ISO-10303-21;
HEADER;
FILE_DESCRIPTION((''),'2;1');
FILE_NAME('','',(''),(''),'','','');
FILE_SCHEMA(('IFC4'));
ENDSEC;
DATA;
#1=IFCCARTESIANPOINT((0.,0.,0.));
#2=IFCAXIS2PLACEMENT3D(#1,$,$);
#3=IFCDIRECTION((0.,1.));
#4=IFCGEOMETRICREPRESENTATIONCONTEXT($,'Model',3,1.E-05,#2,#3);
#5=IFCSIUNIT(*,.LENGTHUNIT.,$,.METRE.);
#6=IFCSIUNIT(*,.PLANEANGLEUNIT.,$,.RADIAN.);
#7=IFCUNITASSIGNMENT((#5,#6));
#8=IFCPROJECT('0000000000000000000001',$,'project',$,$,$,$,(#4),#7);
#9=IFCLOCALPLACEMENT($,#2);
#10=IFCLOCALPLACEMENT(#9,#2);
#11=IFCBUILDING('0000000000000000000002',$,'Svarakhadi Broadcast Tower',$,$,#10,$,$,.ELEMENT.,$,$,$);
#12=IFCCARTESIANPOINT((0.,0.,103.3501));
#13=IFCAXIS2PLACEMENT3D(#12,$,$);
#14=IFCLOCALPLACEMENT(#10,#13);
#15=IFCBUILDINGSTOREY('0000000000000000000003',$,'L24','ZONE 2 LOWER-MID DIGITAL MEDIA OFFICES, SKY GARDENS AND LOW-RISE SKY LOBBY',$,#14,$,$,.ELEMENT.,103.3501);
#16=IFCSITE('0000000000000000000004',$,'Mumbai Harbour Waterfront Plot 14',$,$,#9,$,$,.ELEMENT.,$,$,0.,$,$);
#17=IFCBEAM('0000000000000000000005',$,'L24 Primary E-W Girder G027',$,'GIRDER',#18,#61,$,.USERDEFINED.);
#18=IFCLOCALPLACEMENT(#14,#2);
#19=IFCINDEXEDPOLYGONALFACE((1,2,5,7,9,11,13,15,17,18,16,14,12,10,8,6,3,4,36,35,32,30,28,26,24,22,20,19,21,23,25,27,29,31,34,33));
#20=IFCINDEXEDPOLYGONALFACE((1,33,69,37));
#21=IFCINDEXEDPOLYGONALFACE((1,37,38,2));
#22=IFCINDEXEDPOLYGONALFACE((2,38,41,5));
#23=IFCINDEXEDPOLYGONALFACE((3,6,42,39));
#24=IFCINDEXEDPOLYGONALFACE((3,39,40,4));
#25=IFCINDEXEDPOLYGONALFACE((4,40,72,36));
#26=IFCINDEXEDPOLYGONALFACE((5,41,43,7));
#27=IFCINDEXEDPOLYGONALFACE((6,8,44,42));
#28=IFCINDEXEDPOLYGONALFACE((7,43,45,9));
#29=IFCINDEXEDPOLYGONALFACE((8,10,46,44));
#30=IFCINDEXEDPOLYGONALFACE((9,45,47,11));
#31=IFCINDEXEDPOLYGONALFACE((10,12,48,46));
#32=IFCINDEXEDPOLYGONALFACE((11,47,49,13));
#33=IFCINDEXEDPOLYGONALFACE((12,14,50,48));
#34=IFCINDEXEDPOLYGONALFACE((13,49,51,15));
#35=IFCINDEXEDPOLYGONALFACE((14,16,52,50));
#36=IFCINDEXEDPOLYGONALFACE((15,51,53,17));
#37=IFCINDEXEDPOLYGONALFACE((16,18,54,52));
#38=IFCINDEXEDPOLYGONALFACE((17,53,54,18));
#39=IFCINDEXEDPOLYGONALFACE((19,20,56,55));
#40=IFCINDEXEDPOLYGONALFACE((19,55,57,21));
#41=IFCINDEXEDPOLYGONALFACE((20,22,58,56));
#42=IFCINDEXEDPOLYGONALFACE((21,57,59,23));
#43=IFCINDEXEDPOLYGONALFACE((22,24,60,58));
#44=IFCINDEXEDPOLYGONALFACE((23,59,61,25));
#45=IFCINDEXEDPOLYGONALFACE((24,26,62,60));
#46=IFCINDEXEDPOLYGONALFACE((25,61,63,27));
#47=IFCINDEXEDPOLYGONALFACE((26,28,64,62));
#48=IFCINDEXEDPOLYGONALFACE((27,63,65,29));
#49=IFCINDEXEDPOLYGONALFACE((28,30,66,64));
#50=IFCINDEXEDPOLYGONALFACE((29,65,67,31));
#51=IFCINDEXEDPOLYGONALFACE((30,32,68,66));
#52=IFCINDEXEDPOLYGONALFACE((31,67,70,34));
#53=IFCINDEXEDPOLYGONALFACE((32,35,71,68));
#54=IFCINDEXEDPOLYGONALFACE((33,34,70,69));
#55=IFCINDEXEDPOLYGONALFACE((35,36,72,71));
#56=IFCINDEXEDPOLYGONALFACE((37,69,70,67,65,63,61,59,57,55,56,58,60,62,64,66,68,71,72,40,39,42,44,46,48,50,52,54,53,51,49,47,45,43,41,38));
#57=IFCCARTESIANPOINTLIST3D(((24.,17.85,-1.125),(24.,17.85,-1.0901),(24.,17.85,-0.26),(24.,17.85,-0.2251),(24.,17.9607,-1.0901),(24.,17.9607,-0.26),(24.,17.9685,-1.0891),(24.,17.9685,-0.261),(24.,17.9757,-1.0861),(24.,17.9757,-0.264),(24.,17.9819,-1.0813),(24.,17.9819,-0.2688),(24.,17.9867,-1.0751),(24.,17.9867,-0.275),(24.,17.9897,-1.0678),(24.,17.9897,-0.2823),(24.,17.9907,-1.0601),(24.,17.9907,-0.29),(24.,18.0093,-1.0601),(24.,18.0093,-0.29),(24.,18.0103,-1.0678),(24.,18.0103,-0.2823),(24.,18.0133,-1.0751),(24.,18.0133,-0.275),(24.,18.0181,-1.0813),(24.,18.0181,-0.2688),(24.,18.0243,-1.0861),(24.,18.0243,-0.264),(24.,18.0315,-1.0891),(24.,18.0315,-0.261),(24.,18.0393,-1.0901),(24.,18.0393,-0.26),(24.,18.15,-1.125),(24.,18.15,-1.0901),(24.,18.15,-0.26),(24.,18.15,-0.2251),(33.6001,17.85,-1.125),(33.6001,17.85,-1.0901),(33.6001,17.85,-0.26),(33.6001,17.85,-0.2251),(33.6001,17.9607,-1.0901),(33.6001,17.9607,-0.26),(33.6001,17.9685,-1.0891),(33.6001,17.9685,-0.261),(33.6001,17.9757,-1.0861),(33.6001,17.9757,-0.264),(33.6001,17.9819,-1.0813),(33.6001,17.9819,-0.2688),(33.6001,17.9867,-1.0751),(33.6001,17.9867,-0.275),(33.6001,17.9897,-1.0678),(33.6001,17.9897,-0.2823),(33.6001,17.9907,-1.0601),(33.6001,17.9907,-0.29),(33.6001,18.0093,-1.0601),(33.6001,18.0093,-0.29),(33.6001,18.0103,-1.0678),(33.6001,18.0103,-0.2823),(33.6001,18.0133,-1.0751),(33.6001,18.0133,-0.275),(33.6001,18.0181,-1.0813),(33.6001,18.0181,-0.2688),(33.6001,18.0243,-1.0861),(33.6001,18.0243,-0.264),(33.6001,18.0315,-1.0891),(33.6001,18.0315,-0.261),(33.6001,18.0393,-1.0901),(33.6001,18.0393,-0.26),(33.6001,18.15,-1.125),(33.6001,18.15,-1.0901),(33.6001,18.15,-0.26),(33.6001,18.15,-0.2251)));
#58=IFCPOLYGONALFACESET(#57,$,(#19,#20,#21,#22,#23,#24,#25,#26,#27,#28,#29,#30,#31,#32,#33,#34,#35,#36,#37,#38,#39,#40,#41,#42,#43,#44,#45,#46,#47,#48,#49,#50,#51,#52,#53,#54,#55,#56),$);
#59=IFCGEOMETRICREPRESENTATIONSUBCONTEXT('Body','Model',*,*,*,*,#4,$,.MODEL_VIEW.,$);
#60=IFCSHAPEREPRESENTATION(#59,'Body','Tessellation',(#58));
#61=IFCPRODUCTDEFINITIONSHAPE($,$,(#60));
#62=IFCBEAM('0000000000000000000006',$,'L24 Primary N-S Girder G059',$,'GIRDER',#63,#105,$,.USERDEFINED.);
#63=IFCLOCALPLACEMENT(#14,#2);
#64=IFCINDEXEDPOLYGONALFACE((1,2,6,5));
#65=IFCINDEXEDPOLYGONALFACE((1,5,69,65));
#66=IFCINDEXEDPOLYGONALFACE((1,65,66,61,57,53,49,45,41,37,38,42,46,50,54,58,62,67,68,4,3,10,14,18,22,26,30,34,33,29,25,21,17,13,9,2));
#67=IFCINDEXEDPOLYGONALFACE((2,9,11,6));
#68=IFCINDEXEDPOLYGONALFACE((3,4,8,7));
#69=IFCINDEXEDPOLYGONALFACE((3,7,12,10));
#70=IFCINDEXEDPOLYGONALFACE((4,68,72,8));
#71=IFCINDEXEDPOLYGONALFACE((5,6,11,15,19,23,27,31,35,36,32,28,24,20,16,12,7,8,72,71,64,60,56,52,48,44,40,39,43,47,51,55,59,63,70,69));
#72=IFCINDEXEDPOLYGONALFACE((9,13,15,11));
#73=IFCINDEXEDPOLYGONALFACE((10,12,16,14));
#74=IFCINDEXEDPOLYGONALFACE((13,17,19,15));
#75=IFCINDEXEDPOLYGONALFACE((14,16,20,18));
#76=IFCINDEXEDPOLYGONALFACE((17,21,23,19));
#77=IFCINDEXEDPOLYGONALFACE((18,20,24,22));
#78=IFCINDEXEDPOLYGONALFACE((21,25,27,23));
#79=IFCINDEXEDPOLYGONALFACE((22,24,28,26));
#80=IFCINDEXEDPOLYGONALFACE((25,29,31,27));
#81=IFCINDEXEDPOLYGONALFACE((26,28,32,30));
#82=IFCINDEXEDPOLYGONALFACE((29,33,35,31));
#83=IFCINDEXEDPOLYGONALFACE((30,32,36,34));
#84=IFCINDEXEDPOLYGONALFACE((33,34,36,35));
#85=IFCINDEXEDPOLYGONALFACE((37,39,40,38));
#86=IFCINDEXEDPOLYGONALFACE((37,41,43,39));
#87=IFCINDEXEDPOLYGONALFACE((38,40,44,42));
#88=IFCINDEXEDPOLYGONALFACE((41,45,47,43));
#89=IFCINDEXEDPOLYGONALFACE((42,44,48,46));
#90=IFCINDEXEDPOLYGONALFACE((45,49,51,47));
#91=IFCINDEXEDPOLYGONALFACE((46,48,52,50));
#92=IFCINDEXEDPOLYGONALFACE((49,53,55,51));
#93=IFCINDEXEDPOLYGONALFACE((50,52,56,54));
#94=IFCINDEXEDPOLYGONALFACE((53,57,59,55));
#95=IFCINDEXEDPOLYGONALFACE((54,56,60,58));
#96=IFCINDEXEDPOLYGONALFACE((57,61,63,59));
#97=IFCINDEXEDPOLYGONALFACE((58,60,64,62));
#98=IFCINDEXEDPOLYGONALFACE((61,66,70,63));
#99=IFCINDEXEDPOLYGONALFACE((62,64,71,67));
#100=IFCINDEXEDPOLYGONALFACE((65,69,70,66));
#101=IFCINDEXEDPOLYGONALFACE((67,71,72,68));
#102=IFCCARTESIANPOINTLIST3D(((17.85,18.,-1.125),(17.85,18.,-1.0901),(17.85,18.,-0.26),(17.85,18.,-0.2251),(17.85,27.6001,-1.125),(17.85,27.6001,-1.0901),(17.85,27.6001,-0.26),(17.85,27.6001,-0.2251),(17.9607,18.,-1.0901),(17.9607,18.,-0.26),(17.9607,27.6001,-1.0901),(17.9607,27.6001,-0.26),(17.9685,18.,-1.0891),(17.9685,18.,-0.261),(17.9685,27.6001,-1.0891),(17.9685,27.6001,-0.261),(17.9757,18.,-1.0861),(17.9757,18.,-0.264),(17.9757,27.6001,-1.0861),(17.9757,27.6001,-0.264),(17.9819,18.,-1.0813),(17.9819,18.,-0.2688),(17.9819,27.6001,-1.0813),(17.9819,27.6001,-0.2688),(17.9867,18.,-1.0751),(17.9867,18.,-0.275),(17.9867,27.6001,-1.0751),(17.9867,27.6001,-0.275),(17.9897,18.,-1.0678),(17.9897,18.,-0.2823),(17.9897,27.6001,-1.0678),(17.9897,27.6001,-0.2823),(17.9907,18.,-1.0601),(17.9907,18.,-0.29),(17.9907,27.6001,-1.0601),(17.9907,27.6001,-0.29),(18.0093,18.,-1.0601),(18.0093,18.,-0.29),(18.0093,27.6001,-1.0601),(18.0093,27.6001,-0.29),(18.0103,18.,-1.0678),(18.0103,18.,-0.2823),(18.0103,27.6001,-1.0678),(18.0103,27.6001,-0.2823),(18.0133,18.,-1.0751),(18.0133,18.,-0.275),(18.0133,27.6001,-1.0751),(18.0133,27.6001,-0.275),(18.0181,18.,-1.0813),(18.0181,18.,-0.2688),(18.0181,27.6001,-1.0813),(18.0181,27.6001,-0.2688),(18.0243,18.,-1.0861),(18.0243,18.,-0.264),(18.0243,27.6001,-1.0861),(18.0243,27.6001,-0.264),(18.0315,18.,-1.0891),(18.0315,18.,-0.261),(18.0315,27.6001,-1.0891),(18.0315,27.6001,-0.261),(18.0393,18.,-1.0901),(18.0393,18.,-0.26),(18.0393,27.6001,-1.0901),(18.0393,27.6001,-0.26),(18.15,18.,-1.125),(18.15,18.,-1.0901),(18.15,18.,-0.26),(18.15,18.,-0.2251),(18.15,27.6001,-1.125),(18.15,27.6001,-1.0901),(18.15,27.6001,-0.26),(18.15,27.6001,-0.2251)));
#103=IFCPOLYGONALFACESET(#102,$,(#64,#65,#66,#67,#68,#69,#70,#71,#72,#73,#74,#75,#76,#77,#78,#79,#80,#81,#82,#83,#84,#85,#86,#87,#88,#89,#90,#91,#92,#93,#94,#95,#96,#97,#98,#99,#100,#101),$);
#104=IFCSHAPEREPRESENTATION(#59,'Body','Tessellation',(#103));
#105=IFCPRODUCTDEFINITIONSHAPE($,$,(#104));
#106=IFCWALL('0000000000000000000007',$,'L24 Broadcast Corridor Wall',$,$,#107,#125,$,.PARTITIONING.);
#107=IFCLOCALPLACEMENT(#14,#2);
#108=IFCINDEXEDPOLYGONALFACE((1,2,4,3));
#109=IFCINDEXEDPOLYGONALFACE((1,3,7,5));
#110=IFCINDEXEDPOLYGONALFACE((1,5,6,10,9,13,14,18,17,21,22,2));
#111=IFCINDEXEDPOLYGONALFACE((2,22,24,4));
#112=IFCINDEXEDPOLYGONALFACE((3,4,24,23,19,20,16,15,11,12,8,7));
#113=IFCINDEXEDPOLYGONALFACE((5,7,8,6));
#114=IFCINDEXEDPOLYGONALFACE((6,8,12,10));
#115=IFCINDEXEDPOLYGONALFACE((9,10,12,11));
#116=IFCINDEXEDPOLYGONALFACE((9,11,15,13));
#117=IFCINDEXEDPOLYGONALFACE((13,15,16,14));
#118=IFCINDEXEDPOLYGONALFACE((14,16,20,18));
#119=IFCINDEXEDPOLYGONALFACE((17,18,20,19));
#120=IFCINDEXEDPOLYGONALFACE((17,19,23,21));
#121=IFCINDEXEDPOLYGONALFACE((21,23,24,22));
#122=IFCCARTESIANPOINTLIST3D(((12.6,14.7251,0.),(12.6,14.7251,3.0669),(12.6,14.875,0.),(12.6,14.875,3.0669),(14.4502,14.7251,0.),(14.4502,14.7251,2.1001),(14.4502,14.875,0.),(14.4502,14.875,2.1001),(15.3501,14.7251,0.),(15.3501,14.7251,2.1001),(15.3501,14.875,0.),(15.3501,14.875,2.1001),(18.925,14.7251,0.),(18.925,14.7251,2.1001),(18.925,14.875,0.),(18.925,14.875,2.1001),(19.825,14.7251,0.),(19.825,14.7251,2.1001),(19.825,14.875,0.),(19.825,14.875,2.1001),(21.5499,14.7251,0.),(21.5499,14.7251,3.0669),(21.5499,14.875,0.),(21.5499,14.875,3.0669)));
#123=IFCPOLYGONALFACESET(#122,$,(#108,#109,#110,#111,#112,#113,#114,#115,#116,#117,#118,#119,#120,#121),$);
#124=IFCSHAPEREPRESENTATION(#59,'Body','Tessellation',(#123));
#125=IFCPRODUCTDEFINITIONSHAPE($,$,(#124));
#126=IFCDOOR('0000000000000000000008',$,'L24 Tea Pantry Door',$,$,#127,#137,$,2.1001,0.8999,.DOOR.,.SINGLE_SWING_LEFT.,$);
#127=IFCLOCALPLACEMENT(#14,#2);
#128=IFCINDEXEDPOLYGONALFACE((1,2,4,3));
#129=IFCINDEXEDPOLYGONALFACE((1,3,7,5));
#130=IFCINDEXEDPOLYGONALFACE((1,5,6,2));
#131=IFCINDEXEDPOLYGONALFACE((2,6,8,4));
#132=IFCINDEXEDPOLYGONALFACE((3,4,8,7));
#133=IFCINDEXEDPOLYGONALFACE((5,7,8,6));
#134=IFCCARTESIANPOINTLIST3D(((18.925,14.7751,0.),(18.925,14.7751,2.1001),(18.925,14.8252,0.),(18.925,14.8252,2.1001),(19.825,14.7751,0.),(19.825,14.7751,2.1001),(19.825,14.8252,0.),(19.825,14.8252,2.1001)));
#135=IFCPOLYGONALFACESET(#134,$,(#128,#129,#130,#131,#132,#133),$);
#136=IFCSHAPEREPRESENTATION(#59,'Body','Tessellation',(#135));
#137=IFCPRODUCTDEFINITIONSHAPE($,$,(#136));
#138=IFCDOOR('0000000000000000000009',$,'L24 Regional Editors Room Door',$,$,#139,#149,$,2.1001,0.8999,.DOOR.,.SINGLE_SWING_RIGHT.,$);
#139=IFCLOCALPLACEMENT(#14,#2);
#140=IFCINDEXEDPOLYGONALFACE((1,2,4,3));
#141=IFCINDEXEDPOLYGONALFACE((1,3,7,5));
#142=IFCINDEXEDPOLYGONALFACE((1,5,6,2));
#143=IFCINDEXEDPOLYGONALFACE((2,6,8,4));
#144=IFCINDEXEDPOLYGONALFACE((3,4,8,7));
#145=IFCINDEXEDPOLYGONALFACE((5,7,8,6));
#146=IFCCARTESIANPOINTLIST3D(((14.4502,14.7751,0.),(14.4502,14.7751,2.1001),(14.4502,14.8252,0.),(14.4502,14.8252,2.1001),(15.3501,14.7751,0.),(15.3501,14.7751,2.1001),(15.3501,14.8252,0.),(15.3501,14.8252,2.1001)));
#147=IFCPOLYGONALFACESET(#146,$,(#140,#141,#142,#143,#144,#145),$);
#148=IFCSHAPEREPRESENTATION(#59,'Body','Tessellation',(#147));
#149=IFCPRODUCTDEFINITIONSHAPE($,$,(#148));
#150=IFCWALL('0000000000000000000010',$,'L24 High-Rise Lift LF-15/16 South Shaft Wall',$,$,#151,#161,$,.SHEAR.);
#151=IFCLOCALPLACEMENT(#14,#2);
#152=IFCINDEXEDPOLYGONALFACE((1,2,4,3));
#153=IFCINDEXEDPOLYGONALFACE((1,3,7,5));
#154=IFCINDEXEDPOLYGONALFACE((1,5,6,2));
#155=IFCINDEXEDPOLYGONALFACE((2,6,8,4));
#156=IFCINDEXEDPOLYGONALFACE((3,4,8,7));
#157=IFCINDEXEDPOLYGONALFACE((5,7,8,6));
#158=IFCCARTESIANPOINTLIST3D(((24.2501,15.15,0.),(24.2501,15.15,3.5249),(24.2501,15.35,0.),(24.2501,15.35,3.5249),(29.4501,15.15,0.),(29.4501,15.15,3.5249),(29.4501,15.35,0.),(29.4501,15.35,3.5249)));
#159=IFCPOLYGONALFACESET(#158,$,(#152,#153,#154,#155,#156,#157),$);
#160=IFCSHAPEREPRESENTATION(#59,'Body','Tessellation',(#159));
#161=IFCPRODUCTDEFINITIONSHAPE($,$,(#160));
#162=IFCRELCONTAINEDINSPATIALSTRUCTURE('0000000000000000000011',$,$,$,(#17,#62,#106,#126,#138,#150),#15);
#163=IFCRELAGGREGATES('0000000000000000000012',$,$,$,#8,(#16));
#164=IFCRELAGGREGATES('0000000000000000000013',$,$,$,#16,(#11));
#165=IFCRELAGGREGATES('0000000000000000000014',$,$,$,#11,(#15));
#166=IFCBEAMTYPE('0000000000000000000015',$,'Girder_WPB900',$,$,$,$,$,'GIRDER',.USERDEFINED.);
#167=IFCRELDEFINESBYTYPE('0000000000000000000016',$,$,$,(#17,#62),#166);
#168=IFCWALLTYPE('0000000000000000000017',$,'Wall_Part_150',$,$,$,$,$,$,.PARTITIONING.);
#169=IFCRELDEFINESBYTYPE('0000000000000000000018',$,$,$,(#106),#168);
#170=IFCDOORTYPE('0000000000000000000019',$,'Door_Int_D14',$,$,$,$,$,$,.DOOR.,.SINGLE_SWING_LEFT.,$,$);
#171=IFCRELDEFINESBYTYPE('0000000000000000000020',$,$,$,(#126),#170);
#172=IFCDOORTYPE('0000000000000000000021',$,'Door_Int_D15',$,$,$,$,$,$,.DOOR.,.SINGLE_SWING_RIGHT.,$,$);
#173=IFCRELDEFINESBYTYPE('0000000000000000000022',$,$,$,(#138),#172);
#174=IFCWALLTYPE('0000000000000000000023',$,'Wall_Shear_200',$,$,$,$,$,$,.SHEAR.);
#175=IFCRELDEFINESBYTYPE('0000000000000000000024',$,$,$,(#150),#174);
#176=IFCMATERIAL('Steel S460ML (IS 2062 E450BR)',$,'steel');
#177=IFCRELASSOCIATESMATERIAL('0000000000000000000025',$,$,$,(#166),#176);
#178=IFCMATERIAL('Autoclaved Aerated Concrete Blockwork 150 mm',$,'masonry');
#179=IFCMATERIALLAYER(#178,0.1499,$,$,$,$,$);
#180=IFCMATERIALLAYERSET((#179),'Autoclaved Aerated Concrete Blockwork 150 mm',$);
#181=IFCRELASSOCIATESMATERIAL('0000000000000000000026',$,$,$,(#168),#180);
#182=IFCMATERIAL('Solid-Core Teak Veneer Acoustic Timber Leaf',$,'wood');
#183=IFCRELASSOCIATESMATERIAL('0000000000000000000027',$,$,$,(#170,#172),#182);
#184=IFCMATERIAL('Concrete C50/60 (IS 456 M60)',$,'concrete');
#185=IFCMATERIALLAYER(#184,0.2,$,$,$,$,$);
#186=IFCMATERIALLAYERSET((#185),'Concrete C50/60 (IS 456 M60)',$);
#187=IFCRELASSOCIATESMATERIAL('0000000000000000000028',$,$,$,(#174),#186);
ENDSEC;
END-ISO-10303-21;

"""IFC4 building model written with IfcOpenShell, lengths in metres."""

from ifc_helpers import new_model, si_unit, direction, frame, frame_2d, origin, origin_2d, place, context, subcontext, project, spatial, rectangle, i_section, extrude, material, layer, layer_set, material_profile, profile_set, type_object, element, fill, save


model = new_model("IFC4")

# Units and contexts
model_context = context("Model", 3, precision=1e-05, world=origin(), true_north=direction((0.0, 1.0)))
body_context = subcontext(model_context, "Body", "Model", "MODEL_VIEW")
ifc_project = project(units=[si_unit("LENGTHUNIT", "METRE"), si_unit("PLANEANGLEUNIT", "RADIAN")], contexts=[model_context])

# Site, building, storey
site_placement = place(None, origin())
site = spatial("IfcSite", under=ifc_project, at=site_placement, Name="Mumbai Harbour Waterfront Plot 14", CompositionType="ELEMENT", RefElevation=0.0)
building_placement = place(site_placement, origin())
building = spatial("IfcBuilding", under=site, at=building_placement, Name="Svarakhadi Broadcast Tower", CompositionType="ELEMENT")
storey_placement = place(building_placement, frame((0.0, 0.0, 103.3501)))
storey = spatial("IfcBuildingStorey", under=building, at=storey_placement, Name="L24", Description="ZONE 2 LOWER-MID DIGITAL MEDIA OFFICES, SKY GARDENS AND LOW-RISE SKY LOBBY", CompositionType="ELEMENT", Elevation=103.3501)

# Shared definitions
ifc_material_1 = material(Name="Concrete C50/60 (IS 456 M60)", Category="concrete")

# Beams
ifc_material_2 = material(Name="Steel S460ML (IS 2062 E450BR)", Category="steel")
ifc_material_profile_1 = material_profile(ifc_material_2, i_section(OverallWidth=0.3, OverallDepth=0.8999, WebThickness=0.0186, FlangeThickness=0.0349, FilletRadius=0.03, at=origin_2d()), Name="WPB 900x300x291")
ifc_profile_set_1 = profile_set([ifc_material_profile_1], Name="Steel S460ML (IS 2062 E450BR)")
beam_type_1 = type_object("IfcBeamType", Name="Girder_WPB900", ElementType="GIRDER", PredefinedType="USERDEFINED", material=ifc_profile_set_1)
for number, where, z_axis, x_axis, name in (
    (1, (24.0, 18.0, -0.675), (1.0, 0.0, 0.0), (0.0, 1.0, 0.0), "L24 Primary E-W Girder G027"),
    (2, (18.0, 18.0, -0.675), (0.0, 1.0, 0.0), (-1.0, 0.0, 0.0), "L24 Primary N-S Girder G059"),
):
    element("IfcBeam", number, at=place(storey_placement, frame(where, z_axis=z_axis, x_axis=x_axis)), inside=storey, type_object=beam_type_1, Name=name, ObjectType="GIRDER", PredefinedType="USERDEFINED", context=body_context, shape_type="SweptSolid", body=[
        extrude(i_section(OverallWidth=0.3, OverallDepth=0.8999, WebThickness=0.0186, FlangeThickness=0.0349, FilletRadius=0.03, at=origin_2d()), origin(), (0.0, 0.0, 1.0), 9.6001),
    ])

# Wall, openings, doors
ifc_material_3 = material(Name="Autoclaved Aerated Concrete Blockwork 150 mm", Category="masonry")
ifc_layer_1 = layer(ifc_material_3, 0.1499)
ifc_layer_set_1 = layer_set([ifc_layer_1], Name="Autoclaved Aerated Concrete Blockwork 150 mm")
wall_type_1 = type_object("IfcWallType", Name="Wall_Part_150", PredefinedType="PARTITIONING", material=ifc_layer_set_1)
wall_1_placement = place(storey_placement, frame((21.55, 14.8, 0.0), z_axis=(0.0, 0.0, 1.0), x_axis=(-1.0, 0.0, 0.0)))
wall_1 = element("IfcWall", 3, at=wall_1_placement, inside=storey, type_object=wall_type_1, Name="L24 Broadcast Corridor Wall", PredefinedType="PARTITIONING", context=body_context, shape_type="SweptSolid", body=[
    extrude(rectangle(XDim=8.95, YDim=0.1499, at=frame_2d((4.4751, 0.0))), origin(), (0.0, 0.0, 1.0), 3.0669),
])
opening_1_placement = place(wall_1_placement, frame((6.2, 0.0, 0.0)))
opening_1 = element("IfcOpeningElement", 4, at=opening_1_placement, cuts=wall_1, PredefinedType="OPENING", context=body_context, shape_type="SweptSolid", body=[
    extrude(rectangle(XDim=0.8999, YDim=2.1001, at=frame_2d((0.45, 1.05))), frame((0.0, 0.085, 0.0), z_axis=(0.0, -1.0, 0.0), x_axis=(1.0, 0.0, 0.0)), (0.0, 0.0, 1.0), 0.1699),
])
opening_2_placement = place(wall_1_placement, frame((1.7251, 0.0, 0.0)))
opening_2 = element("IfcOpeningElement", 5, at=opening_2_placement, cuts=wall_1, PredefinedType="OPENING", context=body_context, shape_type="SweptSolid", body=[
    extrude(rectangle(XDim=0.8999, YDim=2.1001, at=frame_2d((0.45, 1.05))), frame((0.0, 0.085, 0.0), z_axis=(0.0, -1.0, 0.0), x_axis=(1.0, 0.0, 0.0)), (0.0, 0.0, 1.0), 0.1699),
])
ifc_material_4 = material(Name="Solid-Core Teak Veneer Acoustic Timber Leaf", Category="wood")
door_type_1 = type_object("IfcDoorType", Name="Door_Int_D14", OperationType="SINGLE_SWING_LEFT", PredefinedType="DOOR", material=ifc_material_4)
door_1_placement = place(opening_2_placement, origin())
door_1 = element("IfcDoor", 6, at=door_1_placement, inside=storey, type_object=door_type_1, Name="L24 Tea Pantry Door", OperationType="SINGLE_SWING_LEFT", OverallHeight=2.1001, OverallWidth=0.8999, PredefinedType="DOOR", context=body_context, shape_type="SweptSolid", body=[
    extrude(rectangle(XDim=0.8999, YDim=2.1001, at=frame_2d((0.45, 1.05))), frame((0.0, 0.0249, 0.0), z_axis=(0.0, -1.0, 0.0), x_axis=(1.0, 0.0, 0.0)), (0.0, 0.0, 1.0), 0.05),
])
fill(opening_2, door_1)
door_type_2 = type_object("IfcDoorType", Name="Door_Int_D15", OperationType="SINGLE_SWING_RIGHT", PredefinedType="DOOR", material=ifc_material_4)
door_2_placement = place(opening_1_placement, origin())
door_2 = element("IfcDoor", 7, at=door_2_placement, inside=storey, type_object=door_type_2, Name="L24 Regional Editors Room Door", OperationType="SINGLE_SWING_RIGHT", OverallHeight=2.1001, OverallWidth=0.8999, PredefinedType="DOOR", context=body_context, shape_type="SweptSolid", body=[
    extrude(rectangle(XDim=0.8999, YDim=2.1001, at=frame_2d((0.45, 1.05))), frame((0.0, 0.0249, 0.0), z_axis=(0.0, -1.0, 0.0), x_axis=(1.0, 0.0, 0.0)), (0.0, 0.0, 1.0), 0.05),
])
fill(opening_1, door_2)

# Shared definitions
ifc_layer_2 = layer(ifc_material_1, 0.2)
ifc_layer_set_2 = layer_set([ifc_layer_2], Name="Concrete C50/60 (IS 456 M60)")
wall_type_2 = type_object("IfcWallType", Name="Wall_Shear_200", PredefinedType="SHEAR", material=ifc_layer_set_2)

# Wall
wall_2_placement = place(storey_placement, frame((24.25, 15.25, 0.0), z_axis=(0.0, 0.0, 1.0), x_axis=(1.0, 0.0, 0.0)))
element("IfcWall", 8, at=wall_2_placement, inside=storey, type_object=wall_type_2, Name="L24 High-Rise Lift LF-15/16 South Shaft Wall", PredefinedType="SHEAR", context=body_context, shape_type="SweptSolid", body=[
    extrude(rectangle(XDim=5.2, YDim=0.2, at=frame_2d((2.6001, 0.0))), origin(), (0.0, 0.0, 1.0), 3.5249),
])

save(model, "model.ifc")
